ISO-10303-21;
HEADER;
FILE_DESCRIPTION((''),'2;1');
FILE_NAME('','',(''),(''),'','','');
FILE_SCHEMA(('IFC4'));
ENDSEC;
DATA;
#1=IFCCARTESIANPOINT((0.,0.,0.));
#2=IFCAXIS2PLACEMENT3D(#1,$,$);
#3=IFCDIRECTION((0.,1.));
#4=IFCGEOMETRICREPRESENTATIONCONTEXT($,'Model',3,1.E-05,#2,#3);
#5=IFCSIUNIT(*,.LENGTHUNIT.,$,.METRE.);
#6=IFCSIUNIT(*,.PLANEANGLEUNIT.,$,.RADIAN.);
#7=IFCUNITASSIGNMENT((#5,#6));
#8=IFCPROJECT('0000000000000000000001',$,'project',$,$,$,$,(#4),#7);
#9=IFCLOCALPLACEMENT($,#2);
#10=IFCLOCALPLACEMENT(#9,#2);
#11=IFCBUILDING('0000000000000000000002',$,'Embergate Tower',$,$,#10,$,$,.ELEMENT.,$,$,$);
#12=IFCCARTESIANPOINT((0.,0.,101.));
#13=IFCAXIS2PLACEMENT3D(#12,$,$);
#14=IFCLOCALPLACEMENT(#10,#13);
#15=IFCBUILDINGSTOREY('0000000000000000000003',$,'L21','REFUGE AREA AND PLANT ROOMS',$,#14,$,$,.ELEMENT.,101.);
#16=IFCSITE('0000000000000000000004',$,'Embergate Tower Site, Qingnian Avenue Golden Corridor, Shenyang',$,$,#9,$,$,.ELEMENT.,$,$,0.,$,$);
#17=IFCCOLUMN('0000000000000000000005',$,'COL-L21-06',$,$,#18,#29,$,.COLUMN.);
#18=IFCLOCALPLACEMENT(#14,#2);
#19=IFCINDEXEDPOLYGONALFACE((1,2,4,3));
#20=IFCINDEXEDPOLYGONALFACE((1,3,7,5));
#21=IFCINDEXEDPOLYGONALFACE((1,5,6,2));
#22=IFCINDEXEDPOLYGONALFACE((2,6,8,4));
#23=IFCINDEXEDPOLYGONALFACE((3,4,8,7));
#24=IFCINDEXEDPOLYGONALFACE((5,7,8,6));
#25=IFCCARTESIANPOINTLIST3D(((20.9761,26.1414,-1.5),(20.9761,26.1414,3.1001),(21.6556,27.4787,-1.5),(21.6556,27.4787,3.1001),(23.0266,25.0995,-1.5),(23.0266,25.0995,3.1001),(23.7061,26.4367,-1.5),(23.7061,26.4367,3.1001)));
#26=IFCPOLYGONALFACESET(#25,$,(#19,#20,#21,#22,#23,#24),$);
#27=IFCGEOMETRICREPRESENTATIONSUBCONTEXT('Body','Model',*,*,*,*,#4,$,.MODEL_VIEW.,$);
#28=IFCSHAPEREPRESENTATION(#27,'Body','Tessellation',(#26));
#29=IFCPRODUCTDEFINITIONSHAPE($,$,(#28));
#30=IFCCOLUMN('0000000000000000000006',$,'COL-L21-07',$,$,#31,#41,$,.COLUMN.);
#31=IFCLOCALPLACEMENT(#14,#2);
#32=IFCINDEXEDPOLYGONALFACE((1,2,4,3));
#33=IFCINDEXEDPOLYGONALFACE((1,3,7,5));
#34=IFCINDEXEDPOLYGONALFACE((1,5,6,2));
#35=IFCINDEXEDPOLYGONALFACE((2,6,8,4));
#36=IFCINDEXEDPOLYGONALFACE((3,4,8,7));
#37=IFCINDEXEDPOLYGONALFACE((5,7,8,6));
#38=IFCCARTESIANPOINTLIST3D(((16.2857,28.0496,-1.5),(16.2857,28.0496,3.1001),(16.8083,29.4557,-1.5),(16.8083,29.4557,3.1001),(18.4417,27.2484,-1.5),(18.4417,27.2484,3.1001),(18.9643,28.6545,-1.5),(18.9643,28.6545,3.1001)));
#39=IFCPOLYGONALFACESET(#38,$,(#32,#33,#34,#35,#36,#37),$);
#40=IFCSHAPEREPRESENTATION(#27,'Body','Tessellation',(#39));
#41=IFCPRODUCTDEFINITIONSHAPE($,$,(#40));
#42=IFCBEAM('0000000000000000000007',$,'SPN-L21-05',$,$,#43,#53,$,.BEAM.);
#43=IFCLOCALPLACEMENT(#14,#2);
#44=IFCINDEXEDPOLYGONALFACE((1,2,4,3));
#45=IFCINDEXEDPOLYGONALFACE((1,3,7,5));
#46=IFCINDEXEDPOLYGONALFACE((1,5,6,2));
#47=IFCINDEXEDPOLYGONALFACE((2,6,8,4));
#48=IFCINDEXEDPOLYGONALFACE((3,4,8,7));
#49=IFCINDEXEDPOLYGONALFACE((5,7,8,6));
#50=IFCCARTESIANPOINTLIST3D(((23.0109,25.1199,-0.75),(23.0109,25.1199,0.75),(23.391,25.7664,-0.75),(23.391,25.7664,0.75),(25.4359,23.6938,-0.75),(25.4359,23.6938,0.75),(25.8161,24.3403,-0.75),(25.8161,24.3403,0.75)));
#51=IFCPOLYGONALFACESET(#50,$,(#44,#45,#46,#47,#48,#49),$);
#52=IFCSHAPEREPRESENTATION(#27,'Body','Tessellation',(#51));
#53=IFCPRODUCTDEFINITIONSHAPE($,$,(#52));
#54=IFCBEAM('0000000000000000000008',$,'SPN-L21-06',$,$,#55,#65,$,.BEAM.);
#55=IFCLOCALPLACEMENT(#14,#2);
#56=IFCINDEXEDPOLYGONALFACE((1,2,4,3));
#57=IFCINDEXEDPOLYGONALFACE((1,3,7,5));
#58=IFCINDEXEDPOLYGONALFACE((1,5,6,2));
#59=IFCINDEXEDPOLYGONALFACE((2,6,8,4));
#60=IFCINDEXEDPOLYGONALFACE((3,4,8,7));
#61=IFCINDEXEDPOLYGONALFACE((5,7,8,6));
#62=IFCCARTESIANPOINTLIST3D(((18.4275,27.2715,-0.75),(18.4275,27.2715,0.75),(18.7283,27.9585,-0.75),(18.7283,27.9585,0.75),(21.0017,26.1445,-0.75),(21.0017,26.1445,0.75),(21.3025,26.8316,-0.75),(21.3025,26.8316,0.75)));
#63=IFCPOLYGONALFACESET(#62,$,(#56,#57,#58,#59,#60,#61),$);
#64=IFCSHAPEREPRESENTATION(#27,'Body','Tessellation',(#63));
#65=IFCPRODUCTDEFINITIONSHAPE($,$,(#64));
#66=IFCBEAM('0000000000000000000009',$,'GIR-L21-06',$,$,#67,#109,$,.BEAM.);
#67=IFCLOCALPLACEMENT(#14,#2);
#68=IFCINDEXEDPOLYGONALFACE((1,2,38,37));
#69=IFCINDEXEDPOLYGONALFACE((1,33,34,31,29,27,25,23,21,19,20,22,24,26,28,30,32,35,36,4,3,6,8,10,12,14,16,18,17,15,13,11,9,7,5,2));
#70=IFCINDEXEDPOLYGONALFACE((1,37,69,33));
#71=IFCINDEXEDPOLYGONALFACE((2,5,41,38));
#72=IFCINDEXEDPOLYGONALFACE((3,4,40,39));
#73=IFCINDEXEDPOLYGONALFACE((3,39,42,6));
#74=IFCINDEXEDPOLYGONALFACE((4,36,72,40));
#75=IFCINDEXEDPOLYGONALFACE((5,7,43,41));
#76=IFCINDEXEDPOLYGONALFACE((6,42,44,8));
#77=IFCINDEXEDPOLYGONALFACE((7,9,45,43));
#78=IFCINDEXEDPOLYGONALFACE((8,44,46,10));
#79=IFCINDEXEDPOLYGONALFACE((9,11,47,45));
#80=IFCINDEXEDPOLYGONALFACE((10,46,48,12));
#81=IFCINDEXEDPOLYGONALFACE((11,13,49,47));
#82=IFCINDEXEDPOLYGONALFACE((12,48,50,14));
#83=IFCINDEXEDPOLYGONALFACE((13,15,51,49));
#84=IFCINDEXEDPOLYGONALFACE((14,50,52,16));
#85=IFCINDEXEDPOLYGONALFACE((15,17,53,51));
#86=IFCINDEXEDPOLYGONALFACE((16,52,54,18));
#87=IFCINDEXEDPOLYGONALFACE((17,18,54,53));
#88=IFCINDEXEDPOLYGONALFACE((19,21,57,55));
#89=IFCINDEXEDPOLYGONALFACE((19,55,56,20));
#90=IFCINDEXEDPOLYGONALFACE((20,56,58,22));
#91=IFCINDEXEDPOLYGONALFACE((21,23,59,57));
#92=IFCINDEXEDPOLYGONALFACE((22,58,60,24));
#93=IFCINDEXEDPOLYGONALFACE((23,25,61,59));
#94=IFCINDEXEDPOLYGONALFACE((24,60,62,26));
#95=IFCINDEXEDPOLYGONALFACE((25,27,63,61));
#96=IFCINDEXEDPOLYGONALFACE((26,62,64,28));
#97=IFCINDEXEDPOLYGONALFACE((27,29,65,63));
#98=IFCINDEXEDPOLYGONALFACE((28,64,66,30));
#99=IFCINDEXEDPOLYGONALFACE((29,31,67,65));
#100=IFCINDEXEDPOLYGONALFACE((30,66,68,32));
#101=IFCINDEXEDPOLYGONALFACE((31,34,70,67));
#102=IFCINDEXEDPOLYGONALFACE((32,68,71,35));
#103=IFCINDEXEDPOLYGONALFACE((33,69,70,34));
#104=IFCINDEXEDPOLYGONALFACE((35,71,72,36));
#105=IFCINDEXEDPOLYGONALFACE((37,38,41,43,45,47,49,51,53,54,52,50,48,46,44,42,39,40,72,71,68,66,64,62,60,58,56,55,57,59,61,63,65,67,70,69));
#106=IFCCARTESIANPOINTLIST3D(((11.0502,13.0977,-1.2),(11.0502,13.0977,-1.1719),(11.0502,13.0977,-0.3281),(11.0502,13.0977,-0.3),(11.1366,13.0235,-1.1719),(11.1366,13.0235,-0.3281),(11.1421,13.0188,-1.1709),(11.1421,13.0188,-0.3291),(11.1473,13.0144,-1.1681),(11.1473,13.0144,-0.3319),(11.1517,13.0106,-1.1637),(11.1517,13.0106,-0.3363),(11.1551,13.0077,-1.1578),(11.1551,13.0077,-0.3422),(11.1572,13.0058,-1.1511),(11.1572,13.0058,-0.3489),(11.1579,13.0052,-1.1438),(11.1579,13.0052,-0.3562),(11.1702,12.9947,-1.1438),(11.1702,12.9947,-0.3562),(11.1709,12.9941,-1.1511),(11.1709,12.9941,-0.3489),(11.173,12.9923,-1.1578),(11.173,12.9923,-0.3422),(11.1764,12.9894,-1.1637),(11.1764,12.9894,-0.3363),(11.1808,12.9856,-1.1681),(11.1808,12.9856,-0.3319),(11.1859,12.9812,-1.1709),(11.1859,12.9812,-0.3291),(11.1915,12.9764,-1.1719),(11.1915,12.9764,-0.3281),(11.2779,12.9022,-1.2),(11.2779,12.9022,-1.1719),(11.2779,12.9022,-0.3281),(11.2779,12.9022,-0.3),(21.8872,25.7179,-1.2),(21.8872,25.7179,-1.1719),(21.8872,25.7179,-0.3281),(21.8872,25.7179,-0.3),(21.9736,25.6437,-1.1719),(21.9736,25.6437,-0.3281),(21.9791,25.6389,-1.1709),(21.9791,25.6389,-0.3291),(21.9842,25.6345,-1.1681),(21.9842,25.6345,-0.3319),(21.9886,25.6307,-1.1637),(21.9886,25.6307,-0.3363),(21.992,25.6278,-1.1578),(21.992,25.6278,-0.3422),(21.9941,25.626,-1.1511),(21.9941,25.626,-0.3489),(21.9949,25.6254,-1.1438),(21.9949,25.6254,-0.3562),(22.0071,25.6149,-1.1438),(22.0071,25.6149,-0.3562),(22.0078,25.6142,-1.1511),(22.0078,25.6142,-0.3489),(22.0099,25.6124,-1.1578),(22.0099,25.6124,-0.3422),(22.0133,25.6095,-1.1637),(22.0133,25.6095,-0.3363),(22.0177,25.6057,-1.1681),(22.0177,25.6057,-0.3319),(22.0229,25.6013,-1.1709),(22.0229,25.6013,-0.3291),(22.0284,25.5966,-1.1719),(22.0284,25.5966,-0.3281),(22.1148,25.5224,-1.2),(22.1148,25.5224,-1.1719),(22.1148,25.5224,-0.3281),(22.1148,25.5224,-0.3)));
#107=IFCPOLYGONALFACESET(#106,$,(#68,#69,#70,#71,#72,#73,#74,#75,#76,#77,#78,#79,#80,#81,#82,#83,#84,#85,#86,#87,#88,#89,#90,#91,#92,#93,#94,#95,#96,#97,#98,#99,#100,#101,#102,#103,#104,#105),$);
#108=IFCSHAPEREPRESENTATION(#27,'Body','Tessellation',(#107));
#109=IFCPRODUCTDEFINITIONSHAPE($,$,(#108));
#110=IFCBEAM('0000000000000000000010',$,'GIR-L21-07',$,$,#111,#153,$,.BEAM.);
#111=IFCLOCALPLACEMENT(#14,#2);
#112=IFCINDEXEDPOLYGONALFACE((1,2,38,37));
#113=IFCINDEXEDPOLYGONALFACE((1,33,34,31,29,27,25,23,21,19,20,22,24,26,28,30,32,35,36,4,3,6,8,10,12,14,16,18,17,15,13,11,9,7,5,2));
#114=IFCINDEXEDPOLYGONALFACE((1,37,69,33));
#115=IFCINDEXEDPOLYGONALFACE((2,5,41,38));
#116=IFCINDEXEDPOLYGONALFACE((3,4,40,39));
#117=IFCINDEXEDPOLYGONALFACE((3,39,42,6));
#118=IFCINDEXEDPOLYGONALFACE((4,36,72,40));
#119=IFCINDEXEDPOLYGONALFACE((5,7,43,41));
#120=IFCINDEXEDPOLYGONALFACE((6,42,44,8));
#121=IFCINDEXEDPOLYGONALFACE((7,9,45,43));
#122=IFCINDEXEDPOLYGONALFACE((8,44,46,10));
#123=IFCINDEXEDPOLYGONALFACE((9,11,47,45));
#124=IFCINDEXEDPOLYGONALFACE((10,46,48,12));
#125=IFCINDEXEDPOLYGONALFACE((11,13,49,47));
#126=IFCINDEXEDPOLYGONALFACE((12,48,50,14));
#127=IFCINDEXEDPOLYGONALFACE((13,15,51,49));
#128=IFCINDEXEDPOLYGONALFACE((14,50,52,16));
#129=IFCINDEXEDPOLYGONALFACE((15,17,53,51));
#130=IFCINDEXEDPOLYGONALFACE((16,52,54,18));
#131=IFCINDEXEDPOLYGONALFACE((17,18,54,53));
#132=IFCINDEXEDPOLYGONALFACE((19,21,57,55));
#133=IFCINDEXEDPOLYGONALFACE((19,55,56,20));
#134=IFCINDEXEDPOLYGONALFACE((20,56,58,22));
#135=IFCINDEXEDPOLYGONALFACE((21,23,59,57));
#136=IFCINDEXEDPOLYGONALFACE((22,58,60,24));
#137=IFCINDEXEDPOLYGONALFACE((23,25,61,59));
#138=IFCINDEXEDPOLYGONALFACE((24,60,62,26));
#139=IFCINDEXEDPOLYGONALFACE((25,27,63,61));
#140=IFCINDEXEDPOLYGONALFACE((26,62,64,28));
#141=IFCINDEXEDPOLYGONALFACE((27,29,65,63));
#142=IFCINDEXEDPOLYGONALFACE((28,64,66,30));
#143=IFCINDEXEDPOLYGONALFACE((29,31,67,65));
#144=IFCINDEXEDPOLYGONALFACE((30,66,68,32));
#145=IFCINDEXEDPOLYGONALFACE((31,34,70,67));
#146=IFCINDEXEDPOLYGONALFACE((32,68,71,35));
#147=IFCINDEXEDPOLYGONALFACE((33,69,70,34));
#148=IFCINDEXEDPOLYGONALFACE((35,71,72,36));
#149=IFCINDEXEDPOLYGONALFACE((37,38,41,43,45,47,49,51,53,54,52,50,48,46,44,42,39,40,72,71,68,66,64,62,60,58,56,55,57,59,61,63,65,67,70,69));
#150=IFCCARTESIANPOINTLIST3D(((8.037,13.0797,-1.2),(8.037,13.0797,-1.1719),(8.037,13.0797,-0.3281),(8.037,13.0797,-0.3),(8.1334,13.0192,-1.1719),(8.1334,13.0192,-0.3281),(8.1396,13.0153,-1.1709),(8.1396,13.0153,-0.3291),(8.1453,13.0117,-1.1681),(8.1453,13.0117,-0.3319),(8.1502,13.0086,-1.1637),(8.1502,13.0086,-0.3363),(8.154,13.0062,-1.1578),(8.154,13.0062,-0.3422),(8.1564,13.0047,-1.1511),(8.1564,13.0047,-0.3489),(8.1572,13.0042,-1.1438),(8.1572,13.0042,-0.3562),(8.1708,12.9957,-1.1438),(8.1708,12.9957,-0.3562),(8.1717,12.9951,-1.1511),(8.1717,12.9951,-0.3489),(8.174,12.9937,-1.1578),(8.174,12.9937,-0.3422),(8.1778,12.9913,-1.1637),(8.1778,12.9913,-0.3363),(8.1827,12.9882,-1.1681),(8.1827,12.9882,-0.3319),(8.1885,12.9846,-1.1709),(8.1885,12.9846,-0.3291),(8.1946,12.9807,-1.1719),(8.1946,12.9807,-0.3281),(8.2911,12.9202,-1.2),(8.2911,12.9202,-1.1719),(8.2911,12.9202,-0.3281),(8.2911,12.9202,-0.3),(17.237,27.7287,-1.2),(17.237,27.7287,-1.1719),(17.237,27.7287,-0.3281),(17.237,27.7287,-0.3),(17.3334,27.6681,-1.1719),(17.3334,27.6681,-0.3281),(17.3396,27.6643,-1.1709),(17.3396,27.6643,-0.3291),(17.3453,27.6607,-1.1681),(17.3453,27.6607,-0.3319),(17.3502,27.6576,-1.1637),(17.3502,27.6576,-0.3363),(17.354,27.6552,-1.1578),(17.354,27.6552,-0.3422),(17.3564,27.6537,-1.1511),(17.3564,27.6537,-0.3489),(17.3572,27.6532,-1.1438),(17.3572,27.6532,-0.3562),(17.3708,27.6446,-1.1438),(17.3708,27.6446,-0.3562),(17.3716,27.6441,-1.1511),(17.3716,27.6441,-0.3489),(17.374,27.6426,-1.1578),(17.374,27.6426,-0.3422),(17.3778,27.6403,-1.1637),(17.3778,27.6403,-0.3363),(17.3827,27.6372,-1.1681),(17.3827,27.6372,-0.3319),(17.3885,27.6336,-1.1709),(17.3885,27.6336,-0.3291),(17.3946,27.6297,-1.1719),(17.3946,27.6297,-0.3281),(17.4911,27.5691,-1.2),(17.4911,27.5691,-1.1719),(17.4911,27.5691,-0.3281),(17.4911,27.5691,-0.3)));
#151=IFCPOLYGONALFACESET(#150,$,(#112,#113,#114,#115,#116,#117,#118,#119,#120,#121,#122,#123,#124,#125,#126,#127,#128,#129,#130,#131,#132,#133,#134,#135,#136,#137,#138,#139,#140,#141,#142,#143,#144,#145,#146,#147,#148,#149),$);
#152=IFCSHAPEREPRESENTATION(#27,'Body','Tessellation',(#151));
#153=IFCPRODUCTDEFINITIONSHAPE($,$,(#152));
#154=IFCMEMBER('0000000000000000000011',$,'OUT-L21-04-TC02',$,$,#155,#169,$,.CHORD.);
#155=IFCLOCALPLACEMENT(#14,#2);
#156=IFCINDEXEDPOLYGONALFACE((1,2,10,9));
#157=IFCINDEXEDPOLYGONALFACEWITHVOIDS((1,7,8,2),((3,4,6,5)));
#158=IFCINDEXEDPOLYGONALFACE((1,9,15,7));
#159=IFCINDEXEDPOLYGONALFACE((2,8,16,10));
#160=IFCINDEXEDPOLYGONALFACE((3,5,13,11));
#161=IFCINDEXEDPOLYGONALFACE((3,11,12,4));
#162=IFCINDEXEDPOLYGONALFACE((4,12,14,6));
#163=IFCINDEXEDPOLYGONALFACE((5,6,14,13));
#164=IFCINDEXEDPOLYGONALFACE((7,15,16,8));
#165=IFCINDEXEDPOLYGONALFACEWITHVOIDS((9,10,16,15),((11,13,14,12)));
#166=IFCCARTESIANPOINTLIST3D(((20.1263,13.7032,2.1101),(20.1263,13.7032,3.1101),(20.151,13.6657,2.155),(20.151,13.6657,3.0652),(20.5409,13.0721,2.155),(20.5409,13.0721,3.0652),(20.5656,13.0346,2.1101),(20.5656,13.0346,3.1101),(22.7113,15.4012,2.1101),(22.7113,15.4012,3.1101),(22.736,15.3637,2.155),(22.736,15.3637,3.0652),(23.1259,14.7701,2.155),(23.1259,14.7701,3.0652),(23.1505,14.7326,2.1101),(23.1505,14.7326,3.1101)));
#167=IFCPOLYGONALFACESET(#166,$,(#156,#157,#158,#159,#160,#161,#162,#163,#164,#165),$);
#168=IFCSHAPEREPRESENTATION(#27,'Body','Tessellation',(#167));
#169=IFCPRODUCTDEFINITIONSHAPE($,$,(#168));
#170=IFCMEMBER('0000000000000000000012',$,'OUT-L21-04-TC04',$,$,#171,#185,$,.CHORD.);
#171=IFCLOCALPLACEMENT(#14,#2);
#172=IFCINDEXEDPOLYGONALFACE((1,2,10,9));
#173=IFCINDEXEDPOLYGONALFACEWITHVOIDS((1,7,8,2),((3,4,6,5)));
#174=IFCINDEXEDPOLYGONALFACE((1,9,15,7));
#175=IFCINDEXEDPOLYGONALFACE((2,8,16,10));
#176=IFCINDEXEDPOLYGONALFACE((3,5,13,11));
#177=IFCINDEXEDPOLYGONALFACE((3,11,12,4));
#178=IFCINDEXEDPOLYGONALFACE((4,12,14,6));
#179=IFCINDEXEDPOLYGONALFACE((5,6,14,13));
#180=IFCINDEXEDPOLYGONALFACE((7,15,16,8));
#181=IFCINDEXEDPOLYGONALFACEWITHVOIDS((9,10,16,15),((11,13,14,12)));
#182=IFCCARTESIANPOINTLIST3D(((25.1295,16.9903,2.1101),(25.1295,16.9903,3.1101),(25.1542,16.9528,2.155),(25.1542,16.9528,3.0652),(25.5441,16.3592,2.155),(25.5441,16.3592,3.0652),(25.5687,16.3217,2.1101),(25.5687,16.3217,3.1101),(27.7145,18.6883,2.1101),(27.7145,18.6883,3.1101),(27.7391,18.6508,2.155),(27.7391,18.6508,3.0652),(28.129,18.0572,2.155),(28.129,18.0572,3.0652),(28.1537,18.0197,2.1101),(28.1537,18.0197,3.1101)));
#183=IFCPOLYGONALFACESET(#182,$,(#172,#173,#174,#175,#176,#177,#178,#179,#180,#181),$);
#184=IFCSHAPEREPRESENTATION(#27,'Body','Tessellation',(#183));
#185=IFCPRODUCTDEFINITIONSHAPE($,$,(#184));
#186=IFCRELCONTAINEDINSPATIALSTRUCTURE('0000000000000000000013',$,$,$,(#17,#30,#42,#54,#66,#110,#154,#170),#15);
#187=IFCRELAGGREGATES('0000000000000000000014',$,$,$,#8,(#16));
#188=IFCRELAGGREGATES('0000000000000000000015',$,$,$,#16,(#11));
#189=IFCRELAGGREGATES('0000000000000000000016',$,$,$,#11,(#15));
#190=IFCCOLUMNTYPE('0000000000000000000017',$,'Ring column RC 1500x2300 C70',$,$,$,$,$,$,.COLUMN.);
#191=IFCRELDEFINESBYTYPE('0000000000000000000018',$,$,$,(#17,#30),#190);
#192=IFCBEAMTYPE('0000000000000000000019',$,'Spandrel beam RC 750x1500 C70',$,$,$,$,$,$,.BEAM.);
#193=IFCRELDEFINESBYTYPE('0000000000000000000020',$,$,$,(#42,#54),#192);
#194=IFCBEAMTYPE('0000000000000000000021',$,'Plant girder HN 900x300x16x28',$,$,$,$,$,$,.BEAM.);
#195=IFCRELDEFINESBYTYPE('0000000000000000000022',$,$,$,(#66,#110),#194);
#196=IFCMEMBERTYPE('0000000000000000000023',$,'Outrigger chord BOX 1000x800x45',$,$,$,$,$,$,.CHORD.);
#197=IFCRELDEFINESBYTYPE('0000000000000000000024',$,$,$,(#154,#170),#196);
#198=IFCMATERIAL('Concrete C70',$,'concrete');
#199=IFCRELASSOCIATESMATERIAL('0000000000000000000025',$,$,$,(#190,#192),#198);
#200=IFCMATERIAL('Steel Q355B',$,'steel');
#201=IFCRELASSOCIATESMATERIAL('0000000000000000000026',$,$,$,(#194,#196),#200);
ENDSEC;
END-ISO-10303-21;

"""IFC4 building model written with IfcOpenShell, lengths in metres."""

from ifc_helpers import new_model, si_unit, direction, frame, origin, origin_2d, place, context, subcontext, project, spatial, rectangle, hollow_rectangle, i_section, extrude, source, transform, mapped, material, material_profile, profile_set, type_object, element, save


model = new_model("IFC4")

# Units and contexts
model_context = context("Model", 3, precision=1e-05, world=origin(), true_north=direction((0.0, 1.0)))
body_context = subcontext(model_context, "Body", "Model", "MODEL_VIEW")
ifc_project = project(units=[si_unit("LENGTHUNIT", "METRE"), si_unit("PLANEANGLEUNIT", "RADIAN")], contexts=[model_context])

# Site, building, storey
site_placement = place(None, origin())
site = spatial("IfcSite", under=ifc_project, at=site_placement, Name="Embergate Tower Site, Qingnian Avenue Golden Corridor, Shenyang", CompositionType="ELEMENT", RefElevation=0.0)
building_placement = place(site_placement, origin())
building = spatial("IfcBuilding", under=site, at=building_placement, Name="Embergate Tower", CompositionType="ELEMENT")
storey_placement = place(building_placement, frame((0.0, 0.0, 101.0)))
storey = spatial("IfcBuildingStorey", under=building, at=storey_placement, Name="L21", Description="REFUGE AREA AND PLANT ROOMS", CompositionType="ELEMENT", Elevation=101.0)

# Columns
ifc_material_1 = material(Name="Concrete C70", Category="concrete")
ifc_material_profile_1 = material_profile(ifc_material_1, rectangle(XDim=1.5, YDim=2.3, at=origin_2d()), Name="RC 1500x2300")
ifc_profile_set_1 = profile_set([ifc_material_profile_1], Name="Concrete C70")
column_type = type_object("IfcColumnType", Name="Ring column RC 1500x2300 C70", PredefinedType="COLUMN", material=ifc_profile_set_1)
shared_shape_1 = source(origin(), body_context, "Body", "SweptSolid", [
    extrude(rectangle(XDim=1.5, YDim=2.3, at=origin_2d()), origin(), (0.0, 0.0, 1.0), 4.6001),
])
for number, where, z_axis, x_axis, name in (
    (1, (22.3411, 26.2891, -1.5), (0.0, 0.0, 1.0), (0.453011, 0.891505, 0.0), "COL-L21-06"),
    (2, (17.625, 28.3521, -1.5), (0.0, 0.0, 1.0), (0.348343, 0.937367, 0.0), "COL-L21-07"),
):
    element("IfcColumn", number, at=place(storey_placement, frame(where, z_axis=z_axis, x_axis=x_axis)), inside=storey, type_object=column_type, Name=name, PredefinedType="COLUMN", context=body_context, shape_type="MappedRepresentation", body=[
        mapped(shared_shape_1, transform((0.0, 0.0, 0.0))),
    ])

# Beams
ifc_material_profile_2 = material_profile(ifc_material_1, rectangle(XDim=0.75, YDim=1.5, at=origin_2d()), Name="RC 750x1500")
ifc_profile_set_2 = profile_set([ifc_material_profile_2], Name="Concrete C70")
beam_type_1 = type_object("IfcBeamType", Name="Spandrel beam RC 750x1500 C70", PredefinedType="BEAM", material=ifc_profile_set_2)
shared_shape_2 = source(origin(), body_context, "Body", "SweptSolid", [
    extrude(rectangle(XDim=0.75, YDim=1.5, at=origin_2d()), origin(), (0.0, 0.0, 1.0), 2.8132),
])
beam_1_placement = place(storey_placement, frame((25.626, 24.0171, 0.0), z_axis=(-0.862008, 0.506895, 0.0), x_axis=(-0.506895, -0.862008, 0.0)))
element("IfcBeam", 3, at=beam_1_placement, inside=storey, type_object=beam_type_1, Name="SPN-L21-05", PredefinedType="BEAM", context=body_context, shape_type="MappedRepresentation", body=[
    mapped(shared_shape_2, transform((0.0, 0.0, 0.0))),
])
shared_shape_3 = source(origin(), body_context, "Body", "SweptSolid", [
    extrude(rectangle(XDim=0.75, YDim=1.5, at=origin_2d()), origin(), (0.0, 0.0, 1.0), 2.8101),
])
beam_2_placement = place(storey_placement, frame((21.1521, 26.488, 0.0), z_axis=(-0.916062, 0.401038, 0.0), x_axis=(-0.401038, -0.916062, 0.0)))
element("IfcBeam", 4, at=beam_2_placement, inside=storey, type_object=beam_type_1, Name="SPN-L21-06", PredefinedType="BEAM", context=body_context, shape_type="MappedRepresentation", body=[
    mapped(shared_shape_3, transform((0.0, 0.0, 0.0))),
])
ifc_material_2 = material(Name="Steel Q355B", Category="steel")
ifc_material_profile_3 = material_profile(ifc_material_2, i_section(OverallWidth=0.3, OverallDepth=0.8999, WebThickness=0.0161, FlangeThickness=0.0281, FilletRadius=0.0281, at=origin_2d()), Name="HN 900x300x16x28")
ifc_profile_set_3 = profile_set([ifc_material_profile_3], Name="Steel Q355 grade B")
beam_type_2 = type_object("IfcBeamType", Name="Plant girder HN 900x300x16x28", PredefinedType="BEAM", material=ifc_profile_set_3)
shared_shape_4 = source(origin(), body_context, "Body", "SweptSolid", [
    extrude(i_section(OverallWidth=0.3, OverallDepth=0.8999, WebThickness=0.0161, FlangeThickness=0.0281, FilletRadius=0.0281, at=origin_2d()), origin(), (0.0, 0.0, 1.0), 16.6345),
])
beam_3_placement = place(storey_placement, frame((22.001, 25.6201, -0.75), z_axis=(-0.651473, -0.758672, 0.0), x_axis=(0.758672, -0.651473, 0.0)))
element("IfcBeam", 5, at=beam_3_placement, inside=storey, type_object=beam_type_2, Name="GIR-L21-06", PredefinedType="BEAM", context=body_context, shape_type="MappedRepresentation", body=[
    mapped(shared_shape_4, transform((0.0, 0.0, 0.0))),
])
shared_shape_5 = source(origin(), body_context, "Body", "SweptSolid", [
    extrude(i_section(OverallWidth=0.3, OverallDepth=0.8999, WebThickness=0.0161, FlangeThickness=0.0281, FilletRadius=0.0281, at=origin_2d()), origin(), (0.0, 0.0, 1.0), 17.2983),
])
beam_4_placement = place(storey_placement, frame((17.364, 27.6489, -0.75), z_axis=(-0.531842, -0.846843, 0.0), x_axis=(0.846843, -0.531842, 0.0)))
element("IfcBeam", 6, at=beam_4_placement, inside=storey, type_object=beam_type_2, Name="GIR-L21-07", PredefinedType="BEAM", context=body_context, shape_type="MappedRepresentation", body=[
    mapped(shared_shape_5, transform((0.0, 0.0, 0.0))),
])

# Members
ifc_material_profile_4 = material_profile(ifc_material_2, hollow_rectangle(XDim=0.8, YDim=1.0, WallThickness=0.0449, at=origin_2d()), Name="BOX 1000x800x45")
ifc_profile_set_4 = profile_set([ifc_material_profile_4], Name="Steel Q355 grade B")
member_type_1 = type_object("IfcMemberType", Name="Outrigger chord BOX 1000x800x45", PredefinedType="CHORD", material=ifc_profile_set_4)
shared_shape_6 = source(origin(), body_context, "Body", "SweptSolid", [
    extrude(hollow_rectangle(XDim=0.8, YDim=1.0, WallThickness=0.0449, at=origin_2d()), origin(), (0.0, 0.0, 1.0), 3.0928),
])
for number, where, z_axis, x_axis, name in (
    (7, (20.3459, 13.3689, 2.6101), (0.835808, 0.549022, 0.0), (-0.549022, 0.835808, 0.0), "OUT-L21-04-TC02"),
    (8, (25.3491, 16.656, 2.6101), (0.835808, 0.549022, 0.0), (-0.549022, 0.835808, 0.0), "OUT-L21-04-TC04"),
):
    element("IfcMember", number, at=place(storey_placement, frame(where, z_axis=z_axis, x_axis=x_axis)), inside=storey, type_object=member_type_1, Name=name, PredefinedType="CHORD", context=body_context, shape_type="MappedRepresentation", body=[
        mapped(shared_shape_6, transform((0.0, 0.0, 0.0))),
    ])

save(model, "model.ifc")
